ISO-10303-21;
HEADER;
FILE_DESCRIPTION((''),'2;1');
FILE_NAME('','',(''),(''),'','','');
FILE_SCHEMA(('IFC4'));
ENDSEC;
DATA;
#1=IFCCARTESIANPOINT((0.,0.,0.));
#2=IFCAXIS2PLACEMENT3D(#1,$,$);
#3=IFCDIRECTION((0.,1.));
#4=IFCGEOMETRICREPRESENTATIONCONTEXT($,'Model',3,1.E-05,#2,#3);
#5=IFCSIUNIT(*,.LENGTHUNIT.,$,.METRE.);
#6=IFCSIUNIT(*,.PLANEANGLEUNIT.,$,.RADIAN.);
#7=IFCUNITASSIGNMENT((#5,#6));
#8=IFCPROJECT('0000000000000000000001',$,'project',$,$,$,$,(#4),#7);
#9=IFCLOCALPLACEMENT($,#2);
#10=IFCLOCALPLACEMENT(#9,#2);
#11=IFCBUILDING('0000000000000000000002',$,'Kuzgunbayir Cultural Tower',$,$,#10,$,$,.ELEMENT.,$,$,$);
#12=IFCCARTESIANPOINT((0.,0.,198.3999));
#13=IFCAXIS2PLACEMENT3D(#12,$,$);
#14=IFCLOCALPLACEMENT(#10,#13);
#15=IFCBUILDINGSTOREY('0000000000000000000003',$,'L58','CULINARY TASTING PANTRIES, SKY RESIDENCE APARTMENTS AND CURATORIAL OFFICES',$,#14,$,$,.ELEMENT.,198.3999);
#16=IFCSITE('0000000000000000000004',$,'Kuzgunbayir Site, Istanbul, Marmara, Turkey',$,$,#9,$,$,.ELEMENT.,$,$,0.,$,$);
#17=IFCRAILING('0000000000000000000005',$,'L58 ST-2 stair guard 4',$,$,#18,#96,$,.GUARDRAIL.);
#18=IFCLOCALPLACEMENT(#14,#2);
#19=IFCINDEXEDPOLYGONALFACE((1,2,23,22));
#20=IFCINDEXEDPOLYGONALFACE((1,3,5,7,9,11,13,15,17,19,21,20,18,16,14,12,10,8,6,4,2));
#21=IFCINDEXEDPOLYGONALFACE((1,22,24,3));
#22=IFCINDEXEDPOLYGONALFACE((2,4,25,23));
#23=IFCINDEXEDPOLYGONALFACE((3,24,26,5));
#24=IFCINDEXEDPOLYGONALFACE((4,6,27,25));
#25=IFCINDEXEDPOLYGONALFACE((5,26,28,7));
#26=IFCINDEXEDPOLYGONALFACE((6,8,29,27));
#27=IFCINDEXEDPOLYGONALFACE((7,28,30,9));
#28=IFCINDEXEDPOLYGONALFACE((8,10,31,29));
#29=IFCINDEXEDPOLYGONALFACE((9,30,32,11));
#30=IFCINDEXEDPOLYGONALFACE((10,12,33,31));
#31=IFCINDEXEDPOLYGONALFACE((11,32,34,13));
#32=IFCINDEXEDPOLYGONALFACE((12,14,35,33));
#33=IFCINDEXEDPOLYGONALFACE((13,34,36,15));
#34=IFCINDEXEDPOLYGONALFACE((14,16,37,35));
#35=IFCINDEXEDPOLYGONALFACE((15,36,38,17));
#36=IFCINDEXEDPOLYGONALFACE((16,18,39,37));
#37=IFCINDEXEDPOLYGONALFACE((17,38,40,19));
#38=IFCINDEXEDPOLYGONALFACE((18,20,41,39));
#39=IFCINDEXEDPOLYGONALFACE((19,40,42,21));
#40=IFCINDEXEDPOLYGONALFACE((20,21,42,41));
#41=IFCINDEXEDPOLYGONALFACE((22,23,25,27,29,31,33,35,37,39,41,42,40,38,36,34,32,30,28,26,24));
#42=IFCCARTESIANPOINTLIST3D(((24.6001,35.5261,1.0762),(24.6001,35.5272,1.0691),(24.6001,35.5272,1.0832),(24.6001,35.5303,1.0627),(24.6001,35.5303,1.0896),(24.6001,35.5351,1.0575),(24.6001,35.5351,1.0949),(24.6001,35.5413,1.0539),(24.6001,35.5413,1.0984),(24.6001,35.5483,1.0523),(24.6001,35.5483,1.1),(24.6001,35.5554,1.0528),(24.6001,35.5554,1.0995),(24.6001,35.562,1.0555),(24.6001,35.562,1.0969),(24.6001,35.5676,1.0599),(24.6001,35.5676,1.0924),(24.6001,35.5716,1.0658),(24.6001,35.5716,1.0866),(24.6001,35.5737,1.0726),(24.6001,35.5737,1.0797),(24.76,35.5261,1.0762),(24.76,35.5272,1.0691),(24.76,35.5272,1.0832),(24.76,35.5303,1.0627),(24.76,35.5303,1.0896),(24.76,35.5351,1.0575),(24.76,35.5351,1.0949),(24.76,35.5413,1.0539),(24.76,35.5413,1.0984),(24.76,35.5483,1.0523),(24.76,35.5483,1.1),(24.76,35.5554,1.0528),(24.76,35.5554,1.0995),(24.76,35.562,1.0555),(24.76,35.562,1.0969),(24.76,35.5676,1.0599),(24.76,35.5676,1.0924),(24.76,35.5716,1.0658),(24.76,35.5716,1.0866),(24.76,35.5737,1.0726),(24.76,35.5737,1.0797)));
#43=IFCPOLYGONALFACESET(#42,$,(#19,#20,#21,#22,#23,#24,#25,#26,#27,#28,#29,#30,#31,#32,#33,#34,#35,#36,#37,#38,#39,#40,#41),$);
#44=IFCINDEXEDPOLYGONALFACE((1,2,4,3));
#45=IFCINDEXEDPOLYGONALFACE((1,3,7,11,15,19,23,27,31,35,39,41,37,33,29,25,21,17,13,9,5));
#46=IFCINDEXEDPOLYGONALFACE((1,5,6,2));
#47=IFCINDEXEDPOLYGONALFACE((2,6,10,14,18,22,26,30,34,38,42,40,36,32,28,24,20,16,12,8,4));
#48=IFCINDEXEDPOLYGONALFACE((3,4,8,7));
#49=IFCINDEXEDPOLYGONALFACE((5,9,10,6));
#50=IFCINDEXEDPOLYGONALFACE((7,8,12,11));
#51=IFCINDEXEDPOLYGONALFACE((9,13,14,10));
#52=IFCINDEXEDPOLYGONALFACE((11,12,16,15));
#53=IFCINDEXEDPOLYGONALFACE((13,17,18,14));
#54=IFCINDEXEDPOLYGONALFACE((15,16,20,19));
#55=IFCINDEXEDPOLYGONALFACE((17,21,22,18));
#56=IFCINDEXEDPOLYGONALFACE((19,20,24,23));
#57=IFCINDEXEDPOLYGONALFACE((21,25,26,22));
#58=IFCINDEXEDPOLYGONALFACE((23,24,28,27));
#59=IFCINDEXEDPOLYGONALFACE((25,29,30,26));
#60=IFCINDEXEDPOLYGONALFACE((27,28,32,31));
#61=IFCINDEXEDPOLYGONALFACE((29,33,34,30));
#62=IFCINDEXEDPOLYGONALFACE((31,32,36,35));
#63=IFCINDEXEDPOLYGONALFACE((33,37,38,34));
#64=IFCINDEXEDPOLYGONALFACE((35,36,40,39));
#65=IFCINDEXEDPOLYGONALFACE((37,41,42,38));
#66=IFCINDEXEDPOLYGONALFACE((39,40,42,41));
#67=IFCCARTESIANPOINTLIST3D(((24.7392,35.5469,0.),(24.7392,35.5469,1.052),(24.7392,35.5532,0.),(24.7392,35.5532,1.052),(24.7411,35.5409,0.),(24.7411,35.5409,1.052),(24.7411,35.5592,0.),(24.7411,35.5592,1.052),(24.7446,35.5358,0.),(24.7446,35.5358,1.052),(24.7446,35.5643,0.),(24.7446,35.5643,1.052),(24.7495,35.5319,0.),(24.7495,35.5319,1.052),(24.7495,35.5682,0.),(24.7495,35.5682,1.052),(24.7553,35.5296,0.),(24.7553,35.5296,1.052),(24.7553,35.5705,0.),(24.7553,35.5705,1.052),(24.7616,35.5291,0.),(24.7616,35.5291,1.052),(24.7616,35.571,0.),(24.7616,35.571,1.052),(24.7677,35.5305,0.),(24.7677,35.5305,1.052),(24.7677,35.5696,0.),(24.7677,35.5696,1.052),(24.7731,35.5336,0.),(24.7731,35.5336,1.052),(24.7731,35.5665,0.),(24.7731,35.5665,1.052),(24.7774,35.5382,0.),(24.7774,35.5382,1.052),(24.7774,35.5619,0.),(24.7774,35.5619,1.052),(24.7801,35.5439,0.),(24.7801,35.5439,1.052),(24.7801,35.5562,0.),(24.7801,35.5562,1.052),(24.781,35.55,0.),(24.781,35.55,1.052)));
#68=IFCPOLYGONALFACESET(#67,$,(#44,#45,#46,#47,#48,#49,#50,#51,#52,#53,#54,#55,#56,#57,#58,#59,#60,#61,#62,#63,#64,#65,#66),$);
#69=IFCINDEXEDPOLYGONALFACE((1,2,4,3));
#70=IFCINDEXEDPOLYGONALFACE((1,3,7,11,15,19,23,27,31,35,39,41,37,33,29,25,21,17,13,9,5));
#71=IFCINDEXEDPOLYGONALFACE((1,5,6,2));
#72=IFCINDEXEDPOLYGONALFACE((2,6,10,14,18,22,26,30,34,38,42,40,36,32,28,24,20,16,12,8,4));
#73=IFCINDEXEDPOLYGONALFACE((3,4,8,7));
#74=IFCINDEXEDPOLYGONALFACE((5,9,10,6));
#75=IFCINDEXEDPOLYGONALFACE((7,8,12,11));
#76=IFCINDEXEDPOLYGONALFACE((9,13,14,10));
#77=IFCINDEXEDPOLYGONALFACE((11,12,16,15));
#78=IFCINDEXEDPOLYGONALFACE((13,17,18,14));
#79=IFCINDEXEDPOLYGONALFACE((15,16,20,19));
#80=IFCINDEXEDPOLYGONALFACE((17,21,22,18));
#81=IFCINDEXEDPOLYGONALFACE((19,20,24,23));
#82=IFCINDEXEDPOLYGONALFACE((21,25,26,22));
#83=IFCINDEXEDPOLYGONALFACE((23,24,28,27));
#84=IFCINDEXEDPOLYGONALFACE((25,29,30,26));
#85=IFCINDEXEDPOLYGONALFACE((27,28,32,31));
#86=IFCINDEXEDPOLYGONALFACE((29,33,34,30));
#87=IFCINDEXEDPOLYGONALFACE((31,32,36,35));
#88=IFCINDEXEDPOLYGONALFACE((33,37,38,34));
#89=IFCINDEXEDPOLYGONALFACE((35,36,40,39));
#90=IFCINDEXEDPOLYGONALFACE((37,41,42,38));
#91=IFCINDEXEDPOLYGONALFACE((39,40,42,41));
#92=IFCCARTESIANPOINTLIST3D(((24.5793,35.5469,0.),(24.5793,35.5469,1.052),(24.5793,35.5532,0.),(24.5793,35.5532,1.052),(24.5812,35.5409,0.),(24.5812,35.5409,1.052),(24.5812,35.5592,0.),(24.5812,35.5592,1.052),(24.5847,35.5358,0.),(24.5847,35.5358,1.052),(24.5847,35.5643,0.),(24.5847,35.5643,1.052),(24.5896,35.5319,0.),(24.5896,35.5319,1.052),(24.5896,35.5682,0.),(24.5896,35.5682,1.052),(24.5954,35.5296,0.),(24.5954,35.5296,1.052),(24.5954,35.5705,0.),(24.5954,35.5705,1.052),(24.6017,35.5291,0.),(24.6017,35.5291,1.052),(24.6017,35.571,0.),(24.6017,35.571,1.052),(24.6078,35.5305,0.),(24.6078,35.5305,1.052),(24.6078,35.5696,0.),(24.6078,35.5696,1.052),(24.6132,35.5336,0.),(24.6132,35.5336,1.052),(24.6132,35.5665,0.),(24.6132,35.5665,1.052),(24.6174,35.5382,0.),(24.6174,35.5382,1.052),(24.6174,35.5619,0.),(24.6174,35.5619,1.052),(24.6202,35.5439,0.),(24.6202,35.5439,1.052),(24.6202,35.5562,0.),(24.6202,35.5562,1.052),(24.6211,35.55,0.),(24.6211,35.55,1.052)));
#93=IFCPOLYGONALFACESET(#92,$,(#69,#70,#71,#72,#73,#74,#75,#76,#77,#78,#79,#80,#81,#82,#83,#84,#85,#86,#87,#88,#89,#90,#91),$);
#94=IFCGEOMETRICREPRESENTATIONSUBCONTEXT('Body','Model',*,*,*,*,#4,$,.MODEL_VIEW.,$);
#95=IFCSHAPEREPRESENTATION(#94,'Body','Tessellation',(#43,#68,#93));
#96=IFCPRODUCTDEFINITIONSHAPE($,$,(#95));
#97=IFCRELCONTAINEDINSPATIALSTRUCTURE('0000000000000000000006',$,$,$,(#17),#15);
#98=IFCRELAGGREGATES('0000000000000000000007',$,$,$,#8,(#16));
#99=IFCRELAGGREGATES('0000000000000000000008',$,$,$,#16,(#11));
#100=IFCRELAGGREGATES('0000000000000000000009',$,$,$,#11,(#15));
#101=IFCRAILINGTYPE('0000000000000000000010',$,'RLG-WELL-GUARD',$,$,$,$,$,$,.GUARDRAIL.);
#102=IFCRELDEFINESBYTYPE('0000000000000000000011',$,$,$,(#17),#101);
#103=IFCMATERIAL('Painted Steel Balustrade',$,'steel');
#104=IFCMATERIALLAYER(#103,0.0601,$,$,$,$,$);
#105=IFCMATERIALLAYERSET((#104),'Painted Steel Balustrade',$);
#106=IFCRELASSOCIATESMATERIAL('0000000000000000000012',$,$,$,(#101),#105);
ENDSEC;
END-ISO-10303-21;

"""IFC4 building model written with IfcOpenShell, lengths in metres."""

from ifc_helpers import new_model, si_unit, direction, frame, origin, origin_2d, place, context, subcontext, project, spatial, circle, extrude, material, layer, layer_set, type_object, element, save


model = new_model("IFC4")

# Units and contexts
model_context = context("Model", 3, precision=1e-05, world=origin(), true_north=direction((0.0, 1.0)))
body_context = subcontext(model_context, "Body", "Model", "MODEL_VIEW")
ifc_project = project(units=[si_unit("LENGTHUNIT", "METRE"), si_unit("PLANEANGLEUNIT", "RADIAN")], contexts=[model_context])

# Site, building, storey
site_placement = place(None, origin())
site = spatial("IfcSite", under=ifc_project, at=site_placement, Name="Kuzgunbayir Site, Istanbul, Marmara, Turkey", CompositionType="ELEMENT", RefElevation=0.0)
building_placement = place(site_placement, origin())
building = spatial("IfcBuilding", under=site, at=building_placement, Name="Kuzgunbayir Cultural Tower", CompositionType="ELEMENT")
storey_placement = place(building_placement, frame((0.0, 0.0, 198.3999)))
storey = spatial("IfcBuildingStorey", under=building, at=storey_placement, Name="L58", Description="CULINARY TASTING PANTRIES, SKY RESIDENCE APARTMENTS AND CURATORIAL OFFICES", CompositionType="ELEMENT", Elevation=198.3999)

# Railing
ifc_material_1 = material(Name="Painted Steel Balustrade", Category="steel")
ifc_layer_1 = layer(ifc_material_1, 0.0601)
ifc_layer_set_1 = layer_set([ifc_layer_1], Name="Painted Steel Balustrade")
railing_type_1 = type_object("IfcRailingType", Name="RLG-WELL-GUARD", PredefinedType="GUARDRAIL", material=ifc_layer_set_1)
railing_1_placement = place(storey_placement, frame((24.76, 35.55, 0.0)))
element("IfcRailing", 1, at=railing_1_placement, inside=storey, type_object=railing_type_1, Name="L58 ST-2 stair guard 4", PredefinedType="GUARDRAIL", context=body_context, shape_type="SweptSolid", body=[
    extrude(circle(Radius=0.0239, at=origin_2d()), frame((0.0, 0.0, 1.0762), z_axis=(-1.0, 0.0, 0.0), x_axis=(0.0, -1.0, 0.0)), (0.0, 0.0, 1.0), 0.1599),
    extrude(circle(Radius=0.021, at=origin_2d()), origin(), (0.0, 0.0, 1.0), 1.052),
    extrude(circle(Radius=0.021, at=origin_2d()), frame((-0.1599, 0.0, 0.0)), (0.0, 0.0, 1.0), 1.052),
])

save(model, "model.ifc")
